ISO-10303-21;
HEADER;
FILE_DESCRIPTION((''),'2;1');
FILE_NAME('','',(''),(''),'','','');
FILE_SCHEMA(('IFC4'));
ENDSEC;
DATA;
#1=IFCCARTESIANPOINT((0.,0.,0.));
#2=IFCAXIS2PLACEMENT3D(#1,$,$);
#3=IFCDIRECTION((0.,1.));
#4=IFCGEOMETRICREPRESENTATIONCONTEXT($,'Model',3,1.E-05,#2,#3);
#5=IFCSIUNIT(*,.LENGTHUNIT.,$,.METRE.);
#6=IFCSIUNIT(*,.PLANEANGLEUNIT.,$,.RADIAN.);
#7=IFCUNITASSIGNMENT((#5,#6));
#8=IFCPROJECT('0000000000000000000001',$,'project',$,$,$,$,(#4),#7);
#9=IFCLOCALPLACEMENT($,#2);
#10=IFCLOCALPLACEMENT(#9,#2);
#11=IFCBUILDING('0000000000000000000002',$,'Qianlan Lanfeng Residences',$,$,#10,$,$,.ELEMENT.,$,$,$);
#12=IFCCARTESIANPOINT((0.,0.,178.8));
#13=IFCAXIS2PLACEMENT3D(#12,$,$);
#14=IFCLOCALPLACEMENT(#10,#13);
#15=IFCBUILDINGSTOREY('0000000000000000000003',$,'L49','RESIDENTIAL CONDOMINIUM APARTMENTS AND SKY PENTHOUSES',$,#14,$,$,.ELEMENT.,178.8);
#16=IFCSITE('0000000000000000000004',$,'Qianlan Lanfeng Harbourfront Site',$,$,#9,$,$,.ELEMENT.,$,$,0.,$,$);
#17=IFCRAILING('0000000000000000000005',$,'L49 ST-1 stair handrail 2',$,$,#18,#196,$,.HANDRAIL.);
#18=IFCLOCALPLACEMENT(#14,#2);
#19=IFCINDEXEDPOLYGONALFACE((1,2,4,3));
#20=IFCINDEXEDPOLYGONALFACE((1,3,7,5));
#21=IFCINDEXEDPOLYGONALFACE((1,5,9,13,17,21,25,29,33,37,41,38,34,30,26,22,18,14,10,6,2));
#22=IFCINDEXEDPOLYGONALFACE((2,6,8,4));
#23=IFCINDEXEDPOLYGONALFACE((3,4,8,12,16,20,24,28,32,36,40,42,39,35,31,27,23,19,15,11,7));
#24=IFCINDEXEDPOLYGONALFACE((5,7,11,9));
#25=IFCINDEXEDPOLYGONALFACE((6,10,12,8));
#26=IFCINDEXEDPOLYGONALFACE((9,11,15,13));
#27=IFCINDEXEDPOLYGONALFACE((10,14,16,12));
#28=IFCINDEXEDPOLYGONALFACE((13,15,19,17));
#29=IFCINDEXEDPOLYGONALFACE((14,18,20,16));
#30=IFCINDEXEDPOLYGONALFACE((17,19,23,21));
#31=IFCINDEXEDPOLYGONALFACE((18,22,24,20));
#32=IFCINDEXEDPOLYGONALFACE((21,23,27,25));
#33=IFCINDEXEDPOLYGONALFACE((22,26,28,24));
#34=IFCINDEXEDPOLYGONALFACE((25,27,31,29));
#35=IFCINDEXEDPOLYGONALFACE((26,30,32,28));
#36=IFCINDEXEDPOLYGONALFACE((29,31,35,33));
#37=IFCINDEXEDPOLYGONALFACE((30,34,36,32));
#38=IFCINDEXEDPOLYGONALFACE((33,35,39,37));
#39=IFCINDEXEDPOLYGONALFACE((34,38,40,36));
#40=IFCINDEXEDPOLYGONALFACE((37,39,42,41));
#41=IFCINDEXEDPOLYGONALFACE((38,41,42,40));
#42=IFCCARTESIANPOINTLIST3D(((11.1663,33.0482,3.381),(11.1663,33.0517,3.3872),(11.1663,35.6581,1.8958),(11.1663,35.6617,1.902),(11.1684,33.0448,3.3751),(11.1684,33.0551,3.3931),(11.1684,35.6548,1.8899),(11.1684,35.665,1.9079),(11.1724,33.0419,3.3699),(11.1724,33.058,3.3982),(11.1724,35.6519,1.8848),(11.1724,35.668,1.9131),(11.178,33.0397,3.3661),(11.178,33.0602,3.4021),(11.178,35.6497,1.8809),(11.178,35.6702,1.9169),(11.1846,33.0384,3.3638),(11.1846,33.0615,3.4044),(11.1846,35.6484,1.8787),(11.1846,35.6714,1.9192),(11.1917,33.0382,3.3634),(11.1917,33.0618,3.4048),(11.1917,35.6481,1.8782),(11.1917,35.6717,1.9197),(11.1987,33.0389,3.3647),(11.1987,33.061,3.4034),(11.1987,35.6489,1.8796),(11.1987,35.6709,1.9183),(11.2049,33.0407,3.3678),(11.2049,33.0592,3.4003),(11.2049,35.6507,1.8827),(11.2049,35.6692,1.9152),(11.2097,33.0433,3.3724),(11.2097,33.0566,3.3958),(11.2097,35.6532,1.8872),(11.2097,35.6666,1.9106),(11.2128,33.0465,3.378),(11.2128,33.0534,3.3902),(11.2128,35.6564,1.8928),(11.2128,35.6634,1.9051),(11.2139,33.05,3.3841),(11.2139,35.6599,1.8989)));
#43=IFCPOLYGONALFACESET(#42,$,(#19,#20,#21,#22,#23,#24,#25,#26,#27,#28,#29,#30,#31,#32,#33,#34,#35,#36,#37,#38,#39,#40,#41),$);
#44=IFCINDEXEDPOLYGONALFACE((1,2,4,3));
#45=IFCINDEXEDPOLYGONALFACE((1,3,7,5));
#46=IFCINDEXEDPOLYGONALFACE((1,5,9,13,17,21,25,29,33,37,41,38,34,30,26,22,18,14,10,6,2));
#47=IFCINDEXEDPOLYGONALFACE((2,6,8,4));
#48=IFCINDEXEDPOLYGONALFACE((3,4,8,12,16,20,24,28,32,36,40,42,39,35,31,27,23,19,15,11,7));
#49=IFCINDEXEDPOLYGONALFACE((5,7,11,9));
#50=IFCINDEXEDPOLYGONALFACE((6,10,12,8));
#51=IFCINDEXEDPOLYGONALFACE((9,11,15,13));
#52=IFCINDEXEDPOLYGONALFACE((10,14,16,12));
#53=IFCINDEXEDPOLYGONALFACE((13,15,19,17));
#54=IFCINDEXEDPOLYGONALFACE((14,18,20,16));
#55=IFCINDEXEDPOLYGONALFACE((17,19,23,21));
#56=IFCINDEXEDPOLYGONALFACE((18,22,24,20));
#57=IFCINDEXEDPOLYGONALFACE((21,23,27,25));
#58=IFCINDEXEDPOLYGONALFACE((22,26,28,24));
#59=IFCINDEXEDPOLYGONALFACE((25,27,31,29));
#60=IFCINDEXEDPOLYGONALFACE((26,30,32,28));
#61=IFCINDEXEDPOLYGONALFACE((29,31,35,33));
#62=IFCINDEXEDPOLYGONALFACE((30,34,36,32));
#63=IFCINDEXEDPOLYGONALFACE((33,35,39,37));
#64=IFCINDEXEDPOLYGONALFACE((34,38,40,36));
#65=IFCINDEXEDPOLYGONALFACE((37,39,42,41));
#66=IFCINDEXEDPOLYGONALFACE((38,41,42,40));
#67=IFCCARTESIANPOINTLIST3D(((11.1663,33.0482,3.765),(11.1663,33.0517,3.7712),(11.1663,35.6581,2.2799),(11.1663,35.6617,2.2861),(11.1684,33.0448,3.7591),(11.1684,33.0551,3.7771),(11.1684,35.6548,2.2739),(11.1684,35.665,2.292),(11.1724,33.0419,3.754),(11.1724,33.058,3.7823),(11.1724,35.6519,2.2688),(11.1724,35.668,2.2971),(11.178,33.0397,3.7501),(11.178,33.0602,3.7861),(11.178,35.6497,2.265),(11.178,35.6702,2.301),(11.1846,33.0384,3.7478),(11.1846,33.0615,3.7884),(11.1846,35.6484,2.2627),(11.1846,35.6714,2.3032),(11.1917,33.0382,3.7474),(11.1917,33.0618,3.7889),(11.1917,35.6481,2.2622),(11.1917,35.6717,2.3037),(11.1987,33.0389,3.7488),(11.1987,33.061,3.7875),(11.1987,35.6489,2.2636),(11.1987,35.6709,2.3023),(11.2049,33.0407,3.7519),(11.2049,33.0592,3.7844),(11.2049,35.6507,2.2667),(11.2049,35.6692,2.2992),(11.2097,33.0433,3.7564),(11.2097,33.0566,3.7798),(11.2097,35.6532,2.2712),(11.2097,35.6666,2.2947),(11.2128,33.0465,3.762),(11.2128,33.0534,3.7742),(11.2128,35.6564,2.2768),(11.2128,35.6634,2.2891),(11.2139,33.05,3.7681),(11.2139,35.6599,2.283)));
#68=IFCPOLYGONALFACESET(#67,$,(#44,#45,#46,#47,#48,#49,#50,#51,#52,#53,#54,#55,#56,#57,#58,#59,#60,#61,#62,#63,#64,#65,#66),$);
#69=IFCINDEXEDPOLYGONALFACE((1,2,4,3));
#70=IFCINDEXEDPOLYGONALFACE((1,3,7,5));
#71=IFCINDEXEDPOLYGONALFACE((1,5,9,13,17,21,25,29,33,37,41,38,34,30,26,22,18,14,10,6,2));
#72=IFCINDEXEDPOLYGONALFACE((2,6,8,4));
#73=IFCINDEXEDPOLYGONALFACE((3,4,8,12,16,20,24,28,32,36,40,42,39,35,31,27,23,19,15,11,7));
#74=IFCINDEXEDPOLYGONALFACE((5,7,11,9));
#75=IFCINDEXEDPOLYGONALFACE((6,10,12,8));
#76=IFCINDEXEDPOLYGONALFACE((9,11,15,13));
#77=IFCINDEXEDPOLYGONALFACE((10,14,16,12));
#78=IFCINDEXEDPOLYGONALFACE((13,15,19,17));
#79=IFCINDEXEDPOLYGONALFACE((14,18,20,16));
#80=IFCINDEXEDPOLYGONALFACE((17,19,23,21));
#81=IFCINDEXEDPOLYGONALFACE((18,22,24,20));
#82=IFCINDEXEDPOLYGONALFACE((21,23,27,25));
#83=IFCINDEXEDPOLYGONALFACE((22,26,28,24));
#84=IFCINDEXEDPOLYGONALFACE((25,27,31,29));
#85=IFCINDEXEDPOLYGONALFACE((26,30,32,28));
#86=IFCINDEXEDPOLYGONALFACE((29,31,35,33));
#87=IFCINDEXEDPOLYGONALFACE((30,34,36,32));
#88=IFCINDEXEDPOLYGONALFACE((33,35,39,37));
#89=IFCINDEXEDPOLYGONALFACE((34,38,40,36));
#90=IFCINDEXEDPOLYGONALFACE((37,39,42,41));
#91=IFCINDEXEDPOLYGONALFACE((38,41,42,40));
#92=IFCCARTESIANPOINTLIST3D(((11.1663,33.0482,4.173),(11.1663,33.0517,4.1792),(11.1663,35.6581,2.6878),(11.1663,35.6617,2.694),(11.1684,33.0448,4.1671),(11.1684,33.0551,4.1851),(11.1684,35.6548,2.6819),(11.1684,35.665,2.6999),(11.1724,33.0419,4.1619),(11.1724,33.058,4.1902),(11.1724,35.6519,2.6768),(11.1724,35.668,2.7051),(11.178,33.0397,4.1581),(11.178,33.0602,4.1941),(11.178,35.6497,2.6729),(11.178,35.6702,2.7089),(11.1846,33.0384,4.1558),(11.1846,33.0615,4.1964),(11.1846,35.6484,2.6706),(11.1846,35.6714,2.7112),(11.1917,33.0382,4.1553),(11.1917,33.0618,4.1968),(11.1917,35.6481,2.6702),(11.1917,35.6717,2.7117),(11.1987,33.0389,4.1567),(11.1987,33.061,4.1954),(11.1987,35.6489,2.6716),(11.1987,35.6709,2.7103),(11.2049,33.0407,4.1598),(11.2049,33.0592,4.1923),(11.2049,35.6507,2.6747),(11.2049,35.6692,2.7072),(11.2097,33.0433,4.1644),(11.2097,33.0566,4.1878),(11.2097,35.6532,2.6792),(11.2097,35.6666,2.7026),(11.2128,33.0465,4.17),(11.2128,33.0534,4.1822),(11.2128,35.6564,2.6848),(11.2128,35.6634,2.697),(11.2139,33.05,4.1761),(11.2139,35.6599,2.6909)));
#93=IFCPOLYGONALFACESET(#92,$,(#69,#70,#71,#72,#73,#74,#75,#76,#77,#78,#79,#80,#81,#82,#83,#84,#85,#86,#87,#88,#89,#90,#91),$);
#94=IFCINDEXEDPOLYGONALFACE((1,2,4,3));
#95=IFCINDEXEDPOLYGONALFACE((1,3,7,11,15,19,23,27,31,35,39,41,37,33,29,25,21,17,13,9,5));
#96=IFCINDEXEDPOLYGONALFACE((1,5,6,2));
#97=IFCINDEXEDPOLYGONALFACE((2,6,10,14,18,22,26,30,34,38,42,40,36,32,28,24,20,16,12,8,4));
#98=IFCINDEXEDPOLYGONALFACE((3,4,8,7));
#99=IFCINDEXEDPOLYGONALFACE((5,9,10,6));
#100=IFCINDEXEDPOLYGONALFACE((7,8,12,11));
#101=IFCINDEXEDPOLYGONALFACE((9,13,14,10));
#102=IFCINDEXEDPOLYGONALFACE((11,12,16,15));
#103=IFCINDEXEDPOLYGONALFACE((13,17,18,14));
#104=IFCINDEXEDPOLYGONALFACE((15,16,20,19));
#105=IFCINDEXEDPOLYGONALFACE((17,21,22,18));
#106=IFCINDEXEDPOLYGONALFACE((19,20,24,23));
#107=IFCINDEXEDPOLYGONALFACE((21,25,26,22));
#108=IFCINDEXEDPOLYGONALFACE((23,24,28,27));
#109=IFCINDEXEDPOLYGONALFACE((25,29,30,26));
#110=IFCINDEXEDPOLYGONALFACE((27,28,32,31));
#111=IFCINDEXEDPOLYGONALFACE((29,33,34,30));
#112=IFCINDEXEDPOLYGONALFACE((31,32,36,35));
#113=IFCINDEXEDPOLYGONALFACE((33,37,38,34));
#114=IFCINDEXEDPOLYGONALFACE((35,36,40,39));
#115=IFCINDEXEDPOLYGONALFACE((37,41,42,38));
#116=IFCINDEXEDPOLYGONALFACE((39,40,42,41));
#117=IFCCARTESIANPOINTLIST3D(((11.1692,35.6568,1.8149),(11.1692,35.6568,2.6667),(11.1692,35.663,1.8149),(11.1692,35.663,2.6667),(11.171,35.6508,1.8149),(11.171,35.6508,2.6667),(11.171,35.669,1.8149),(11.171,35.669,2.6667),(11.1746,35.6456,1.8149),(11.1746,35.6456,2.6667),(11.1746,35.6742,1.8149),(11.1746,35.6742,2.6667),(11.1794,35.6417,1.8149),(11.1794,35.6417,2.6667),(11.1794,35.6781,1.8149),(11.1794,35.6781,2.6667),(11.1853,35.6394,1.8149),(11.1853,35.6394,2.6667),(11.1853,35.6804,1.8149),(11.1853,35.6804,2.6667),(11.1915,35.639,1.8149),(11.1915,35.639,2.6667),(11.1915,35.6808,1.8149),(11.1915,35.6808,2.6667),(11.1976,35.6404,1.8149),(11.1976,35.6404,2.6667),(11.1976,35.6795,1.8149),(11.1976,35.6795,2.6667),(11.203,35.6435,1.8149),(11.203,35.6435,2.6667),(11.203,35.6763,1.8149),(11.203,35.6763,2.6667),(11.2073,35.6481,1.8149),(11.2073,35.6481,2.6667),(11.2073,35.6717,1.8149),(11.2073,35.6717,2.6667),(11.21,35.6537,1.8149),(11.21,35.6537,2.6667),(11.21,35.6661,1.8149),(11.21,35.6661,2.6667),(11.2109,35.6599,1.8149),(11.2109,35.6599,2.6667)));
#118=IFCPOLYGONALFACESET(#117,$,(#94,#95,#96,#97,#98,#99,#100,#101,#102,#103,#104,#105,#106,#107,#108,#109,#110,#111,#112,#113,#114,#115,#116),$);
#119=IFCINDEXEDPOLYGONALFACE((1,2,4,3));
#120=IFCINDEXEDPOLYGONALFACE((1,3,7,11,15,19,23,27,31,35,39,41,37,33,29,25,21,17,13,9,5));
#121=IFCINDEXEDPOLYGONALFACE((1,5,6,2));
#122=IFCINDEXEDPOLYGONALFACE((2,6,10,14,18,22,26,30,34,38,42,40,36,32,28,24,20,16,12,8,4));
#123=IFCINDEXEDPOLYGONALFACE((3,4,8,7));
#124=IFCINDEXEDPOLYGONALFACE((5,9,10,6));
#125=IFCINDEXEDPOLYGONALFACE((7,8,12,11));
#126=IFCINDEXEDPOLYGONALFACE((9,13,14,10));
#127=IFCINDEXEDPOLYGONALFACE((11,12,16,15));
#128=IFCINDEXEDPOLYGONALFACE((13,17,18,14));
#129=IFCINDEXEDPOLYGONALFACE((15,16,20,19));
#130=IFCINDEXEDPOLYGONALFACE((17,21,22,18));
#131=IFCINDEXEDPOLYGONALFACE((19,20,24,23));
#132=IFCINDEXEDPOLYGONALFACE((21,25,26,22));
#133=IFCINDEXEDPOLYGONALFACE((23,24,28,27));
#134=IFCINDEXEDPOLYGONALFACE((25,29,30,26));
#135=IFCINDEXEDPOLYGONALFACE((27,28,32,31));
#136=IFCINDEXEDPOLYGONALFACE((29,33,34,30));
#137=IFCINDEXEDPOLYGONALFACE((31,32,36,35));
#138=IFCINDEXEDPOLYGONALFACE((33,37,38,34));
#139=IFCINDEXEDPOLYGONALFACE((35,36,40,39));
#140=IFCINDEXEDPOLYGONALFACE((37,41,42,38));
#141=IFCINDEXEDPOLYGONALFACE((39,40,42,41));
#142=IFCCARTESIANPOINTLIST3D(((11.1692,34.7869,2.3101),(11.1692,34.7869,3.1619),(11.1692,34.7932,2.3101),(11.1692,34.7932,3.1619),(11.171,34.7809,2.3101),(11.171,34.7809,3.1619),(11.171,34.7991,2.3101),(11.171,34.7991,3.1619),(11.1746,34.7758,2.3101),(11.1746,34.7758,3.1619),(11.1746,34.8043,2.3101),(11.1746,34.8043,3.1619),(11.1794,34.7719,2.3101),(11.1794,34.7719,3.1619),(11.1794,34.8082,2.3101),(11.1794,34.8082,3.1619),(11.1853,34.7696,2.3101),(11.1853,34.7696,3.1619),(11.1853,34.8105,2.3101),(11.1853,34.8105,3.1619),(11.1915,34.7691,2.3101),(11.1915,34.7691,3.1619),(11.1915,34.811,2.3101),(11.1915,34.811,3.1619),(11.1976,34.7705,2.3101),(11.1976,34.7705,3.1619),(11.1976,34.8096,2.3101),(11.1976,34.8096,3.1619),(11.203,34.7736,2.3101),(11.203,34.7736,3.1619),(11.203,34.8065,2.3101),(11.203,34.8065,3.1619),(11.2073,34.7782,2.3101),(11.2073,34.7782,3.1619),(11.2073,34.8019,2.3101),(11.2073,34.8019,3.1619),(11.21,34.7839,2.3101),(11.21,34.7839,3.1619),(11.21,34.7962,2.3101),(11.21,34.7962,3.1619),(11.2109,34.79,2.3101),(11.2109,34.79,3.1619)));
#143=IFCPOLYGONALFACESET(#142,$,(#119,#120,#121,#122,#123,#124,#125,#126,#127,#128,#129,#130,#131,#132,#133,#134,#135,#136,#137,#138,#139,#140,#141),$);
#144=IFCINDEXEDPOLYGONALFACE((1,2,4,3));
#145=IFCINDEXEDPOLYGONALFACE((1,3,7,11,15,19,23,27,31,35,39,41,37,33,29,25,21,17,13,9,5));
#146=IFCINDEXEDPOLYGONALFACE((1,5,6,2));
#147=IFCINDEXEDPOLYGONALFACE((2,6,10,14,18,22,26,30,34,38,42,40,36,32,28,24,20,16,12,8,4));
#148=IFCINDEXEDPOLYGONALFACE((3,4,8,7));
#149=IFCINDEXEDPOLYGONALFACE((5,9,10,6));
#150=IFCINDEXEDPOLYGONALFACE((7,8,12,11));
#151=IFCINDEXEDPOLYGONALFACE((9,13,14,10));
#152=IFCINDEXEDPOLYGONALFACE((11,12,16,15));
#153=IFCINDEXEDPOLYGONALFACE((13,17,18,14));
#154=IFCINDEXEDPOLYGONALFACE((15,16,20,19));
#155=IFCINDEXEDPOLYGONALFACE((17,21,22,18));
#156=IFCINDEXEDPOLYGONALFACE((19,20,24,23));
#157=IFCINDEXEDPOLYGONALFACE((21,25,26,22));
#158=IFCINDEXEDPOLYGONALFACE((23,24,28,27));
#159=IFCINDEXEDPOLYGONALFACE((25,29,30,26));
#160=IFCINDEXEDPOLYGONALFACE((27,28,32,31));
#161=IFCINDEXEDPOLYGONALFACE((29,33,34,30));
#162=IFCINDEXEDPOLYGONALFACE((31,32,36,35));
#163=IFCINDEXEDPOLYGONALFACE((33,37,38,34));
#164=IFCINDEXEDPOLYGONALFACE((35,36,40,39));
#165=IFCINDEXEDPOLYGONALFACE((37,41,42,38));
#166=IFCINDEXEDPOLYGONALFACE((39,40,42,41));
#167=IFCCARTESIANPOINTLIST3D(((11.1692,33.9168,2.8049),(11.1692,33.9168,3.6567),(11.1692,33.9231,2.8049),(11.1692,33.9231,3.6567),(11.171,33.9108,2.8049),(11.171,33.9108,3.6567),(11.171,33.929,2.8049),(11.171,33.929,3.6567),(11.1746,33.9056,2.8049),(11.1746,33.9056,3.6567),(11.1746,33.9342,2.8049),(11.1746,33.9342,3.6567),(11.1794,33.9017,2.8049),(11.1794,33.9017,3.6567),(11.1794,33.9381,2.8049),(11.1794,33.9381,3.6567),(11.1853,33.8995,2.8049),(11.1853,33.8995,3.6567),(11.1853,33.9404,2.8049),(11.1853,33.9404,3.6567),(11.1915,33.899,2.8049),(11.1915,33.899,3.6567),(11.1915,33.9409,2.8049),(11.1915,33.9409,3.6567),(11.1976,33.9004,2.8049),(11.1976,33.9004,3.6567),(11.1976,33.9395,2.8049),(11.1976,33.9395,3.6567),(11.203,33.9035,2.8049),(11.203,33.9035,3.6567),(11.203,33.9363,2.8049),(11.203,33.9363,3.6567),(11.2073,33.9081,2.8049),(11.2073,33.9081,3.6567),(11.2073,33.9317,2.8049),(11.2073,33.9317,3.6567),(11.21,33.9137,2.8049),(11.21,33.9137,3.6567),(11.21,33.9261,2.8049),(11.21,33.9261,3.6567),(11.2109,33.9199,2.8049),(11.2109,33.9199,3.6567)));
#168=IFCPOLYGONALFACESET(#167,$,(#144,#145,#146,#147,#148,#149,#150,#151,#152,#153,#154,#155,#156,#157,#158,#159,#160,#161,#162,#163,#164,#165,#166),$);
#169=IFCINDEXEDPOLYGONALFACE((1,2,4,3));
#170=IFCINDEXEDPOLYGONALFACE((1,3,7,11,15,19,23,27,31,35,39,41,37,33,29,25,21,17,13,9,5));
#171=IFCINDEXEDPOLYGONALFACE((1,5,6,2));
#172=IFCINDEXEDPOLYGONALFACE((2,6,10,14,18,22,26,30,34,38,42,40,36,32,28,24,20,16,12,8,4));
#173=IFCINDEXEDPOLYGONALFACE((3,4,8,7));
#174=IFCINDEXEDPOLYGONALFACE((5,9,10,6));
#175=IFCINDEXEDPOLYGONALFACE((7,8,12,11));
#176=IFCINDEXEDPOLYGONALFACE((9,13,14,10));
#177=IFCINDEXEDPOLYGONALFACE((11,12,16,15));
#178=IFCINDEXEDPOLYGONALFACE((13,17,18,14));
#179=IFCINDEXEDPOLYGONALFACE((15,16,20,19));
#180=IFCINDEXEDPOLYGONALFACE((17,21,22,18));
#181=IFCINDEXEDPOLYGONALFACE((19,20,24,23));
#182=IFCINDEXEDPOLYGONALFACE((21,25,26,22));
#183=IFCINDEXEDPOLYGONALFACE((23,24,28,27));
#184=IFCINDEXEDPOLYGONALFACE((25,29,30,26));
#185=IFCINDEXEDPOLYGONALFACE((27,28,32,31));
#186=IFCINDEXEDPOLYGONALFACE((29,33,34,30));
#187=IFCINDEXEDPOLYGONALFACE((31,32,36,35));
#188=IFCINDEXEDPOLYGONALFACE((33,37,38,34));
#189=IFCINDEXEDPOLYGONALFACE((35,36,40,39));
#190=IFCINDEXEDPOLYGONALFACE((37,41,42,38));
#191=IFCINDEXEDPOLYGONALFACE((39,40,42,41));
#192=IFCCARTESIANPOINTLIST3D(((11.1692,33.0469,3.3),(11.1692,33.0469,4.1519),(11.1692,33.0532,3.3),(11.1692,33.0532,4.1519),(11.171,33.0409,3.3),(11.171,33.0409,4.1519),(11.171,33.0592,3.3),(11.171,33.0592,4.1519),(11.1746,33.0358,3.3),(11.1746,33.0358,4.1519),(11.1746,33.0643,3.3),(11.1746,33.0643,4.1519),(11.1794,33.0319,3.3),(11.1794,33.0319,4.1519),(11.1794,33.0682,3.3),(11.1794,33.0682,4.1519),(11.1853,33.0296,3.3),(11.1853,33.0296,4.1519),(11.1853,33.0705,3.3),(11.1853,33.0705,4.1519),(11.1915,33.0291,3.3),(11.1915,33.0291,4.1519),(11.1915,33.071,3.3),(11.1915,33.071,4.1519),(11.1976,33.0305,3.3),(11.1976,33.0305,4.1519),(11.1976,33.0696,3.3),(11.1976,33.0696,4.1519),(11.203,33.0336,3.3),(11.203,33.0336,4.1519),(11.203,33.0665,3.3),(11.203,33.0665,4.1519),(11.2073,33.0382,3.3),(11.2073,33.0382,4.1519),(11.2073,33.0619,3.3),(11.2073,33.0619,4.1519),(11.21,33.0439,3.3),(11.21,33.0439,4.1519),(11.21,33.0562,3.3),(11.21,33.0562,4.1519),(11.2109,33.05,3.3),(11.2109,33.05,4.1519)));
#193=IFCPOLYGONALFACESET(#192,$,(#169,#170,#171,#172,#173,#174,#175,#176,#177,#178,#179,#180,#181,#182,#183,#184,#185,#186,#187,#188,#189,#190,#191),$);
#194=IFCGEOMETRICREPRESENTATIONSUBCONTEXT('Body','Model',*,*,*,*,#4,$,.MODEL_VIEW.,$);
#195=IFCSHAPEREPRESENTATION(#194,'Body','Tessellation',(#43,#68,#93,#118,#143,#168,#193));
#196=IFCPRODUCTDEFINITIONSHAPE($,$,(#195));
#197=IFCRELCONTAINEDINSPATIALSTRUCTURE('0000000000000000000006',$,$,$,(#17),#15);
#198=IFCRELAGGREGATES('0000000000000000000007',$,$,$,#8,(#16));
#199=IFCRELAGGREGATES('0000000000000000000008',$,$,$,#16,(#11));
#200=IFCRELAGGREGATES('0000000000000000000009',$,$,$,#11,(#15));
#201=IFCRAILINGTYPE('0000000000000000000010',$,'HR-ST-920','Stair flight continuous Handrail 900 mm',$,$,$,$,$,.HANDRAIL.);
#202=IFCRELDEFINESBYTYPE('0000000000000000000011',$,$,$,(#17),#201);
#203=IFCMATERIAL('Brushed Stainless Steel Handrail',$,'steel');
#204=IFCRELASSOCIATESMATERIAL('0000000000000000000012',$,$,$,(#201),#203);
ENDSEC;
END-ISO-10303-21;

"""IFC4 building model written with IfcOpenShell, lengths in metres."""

from ifc_helpers import new_model, si_unit, direction, frame, origin, origin_2d, place, context, subcontext, project, spatial, circle, extrude, material, type_object, element, save


model = new_model("IFC4")

# Units and contexts
model_context = context("Model", 3, precision=1e-05, world=origin(), true_north=direction((0.0, 1.0)))
body_context = subcontext(model_context, "Body", "Model", "MODEL_VIEW")
ifc_project = project(units=[si_unit("LENGTHUNIT", "METRE"), si_unit("PLANEANGLEUNIT", "RADIAN")], contexts=[model_context])

# Site, building, storey
site_placement = place(None, origin())
site = spatial("IfcSite", under=ifc_project, at=site_placement, Name="Qianlan Lanfeng Harbourfront Site", CompositionType="ELEMENT", RefElevation=0.0)
building_placement = place(site_placement, origin())
building = spatial("IfcBuilding", under=site, at=building_placement, Name="Qianlan Lanfeng Residences", CompositionType="ELEMENT")
storey_placement = place(building_placement, frame((0.0, 0.0, 178.8)))
storey = spatial("IfcBuildingStorey", under=building, at=storey_placement, Name="L49", Description="RESIDENTIAL CONDOMINIUM APARTMENTS AND SKY PENTHOUSES", CompositionType="ELEMENT", Elevation=178.8)

# Railing
ifc_material_1 = material(Name="Brushed Stainless Steel Handrail", Category="steel")
railing_type_1 = type_object("IfcRailingType", Name="HR-ST-920", Description="Stair flight continuous Handrail 900 mm", PredefinedType="HANDRAIL", material=ifc_material_1)
railing_1_placement = place(storey_placement, frame((11.1899, 35.6599, 1.8149)))
element("IfcRailing", 1, at=railing_1_placement, inside=storey, type_object=railing_type_1, Name="L49 ST-1 stair handrail 2", PredefinedType="HANDRAIL", context=body_context, shape_type="SweptSolid", body=[
    extrude(circle(Radius=0.0239, at=origin_2d()), frame((0.0, 0.0, 0.084), z_axis=(0.0, -0.869137, 0.494571), x_axis=(1.0, 0.0, 0.0)), (0.0, 0.0, 1.0), 3.0029),
    extrude(circle(Radius=0.0239, at=origin_2d()), frame((0.0, 0.0, 0.468), z_axis=(0.0, -0.869137, 0.494571), x_axis=(1.0, 0.0, 0.0)), (0.0, 0.0, 1.0), 3.0029),
    extrude(circle(Radius=0.0239, at=origin_2d()), frame((0.0, 0.0, 0.876), z_axis=(0.0, -0.869137, 0.494571), x_axis=(1.0, 0.0, 0.0)), (0.0, 0.0, 1.0), 3.0029),
    extrude(circle(Radius=0.021, at=origin_2d()), origin(), (0.0, 0.0, 1.0), 0.8518),
    extrude(circle(Radius=0.021, at=origin_2d()), frame((0.0, -0.8699, 0.4951)), (0.0, 0.0, 1.0), 0.8518),
    extrude(circle(Radius=0.021, at=origin_2d()), frame((0.0, -1.74, 0.99)), (0.0, 0.0, 1.0), 0.8518),
    extrude(circle(Radius=0.021, at=origin_2d()), frame((0.0, -2.6099, 1.4851)), (0.0, 0.0, 1.0), 0.8518),
])

save(model, "model.ifc")
